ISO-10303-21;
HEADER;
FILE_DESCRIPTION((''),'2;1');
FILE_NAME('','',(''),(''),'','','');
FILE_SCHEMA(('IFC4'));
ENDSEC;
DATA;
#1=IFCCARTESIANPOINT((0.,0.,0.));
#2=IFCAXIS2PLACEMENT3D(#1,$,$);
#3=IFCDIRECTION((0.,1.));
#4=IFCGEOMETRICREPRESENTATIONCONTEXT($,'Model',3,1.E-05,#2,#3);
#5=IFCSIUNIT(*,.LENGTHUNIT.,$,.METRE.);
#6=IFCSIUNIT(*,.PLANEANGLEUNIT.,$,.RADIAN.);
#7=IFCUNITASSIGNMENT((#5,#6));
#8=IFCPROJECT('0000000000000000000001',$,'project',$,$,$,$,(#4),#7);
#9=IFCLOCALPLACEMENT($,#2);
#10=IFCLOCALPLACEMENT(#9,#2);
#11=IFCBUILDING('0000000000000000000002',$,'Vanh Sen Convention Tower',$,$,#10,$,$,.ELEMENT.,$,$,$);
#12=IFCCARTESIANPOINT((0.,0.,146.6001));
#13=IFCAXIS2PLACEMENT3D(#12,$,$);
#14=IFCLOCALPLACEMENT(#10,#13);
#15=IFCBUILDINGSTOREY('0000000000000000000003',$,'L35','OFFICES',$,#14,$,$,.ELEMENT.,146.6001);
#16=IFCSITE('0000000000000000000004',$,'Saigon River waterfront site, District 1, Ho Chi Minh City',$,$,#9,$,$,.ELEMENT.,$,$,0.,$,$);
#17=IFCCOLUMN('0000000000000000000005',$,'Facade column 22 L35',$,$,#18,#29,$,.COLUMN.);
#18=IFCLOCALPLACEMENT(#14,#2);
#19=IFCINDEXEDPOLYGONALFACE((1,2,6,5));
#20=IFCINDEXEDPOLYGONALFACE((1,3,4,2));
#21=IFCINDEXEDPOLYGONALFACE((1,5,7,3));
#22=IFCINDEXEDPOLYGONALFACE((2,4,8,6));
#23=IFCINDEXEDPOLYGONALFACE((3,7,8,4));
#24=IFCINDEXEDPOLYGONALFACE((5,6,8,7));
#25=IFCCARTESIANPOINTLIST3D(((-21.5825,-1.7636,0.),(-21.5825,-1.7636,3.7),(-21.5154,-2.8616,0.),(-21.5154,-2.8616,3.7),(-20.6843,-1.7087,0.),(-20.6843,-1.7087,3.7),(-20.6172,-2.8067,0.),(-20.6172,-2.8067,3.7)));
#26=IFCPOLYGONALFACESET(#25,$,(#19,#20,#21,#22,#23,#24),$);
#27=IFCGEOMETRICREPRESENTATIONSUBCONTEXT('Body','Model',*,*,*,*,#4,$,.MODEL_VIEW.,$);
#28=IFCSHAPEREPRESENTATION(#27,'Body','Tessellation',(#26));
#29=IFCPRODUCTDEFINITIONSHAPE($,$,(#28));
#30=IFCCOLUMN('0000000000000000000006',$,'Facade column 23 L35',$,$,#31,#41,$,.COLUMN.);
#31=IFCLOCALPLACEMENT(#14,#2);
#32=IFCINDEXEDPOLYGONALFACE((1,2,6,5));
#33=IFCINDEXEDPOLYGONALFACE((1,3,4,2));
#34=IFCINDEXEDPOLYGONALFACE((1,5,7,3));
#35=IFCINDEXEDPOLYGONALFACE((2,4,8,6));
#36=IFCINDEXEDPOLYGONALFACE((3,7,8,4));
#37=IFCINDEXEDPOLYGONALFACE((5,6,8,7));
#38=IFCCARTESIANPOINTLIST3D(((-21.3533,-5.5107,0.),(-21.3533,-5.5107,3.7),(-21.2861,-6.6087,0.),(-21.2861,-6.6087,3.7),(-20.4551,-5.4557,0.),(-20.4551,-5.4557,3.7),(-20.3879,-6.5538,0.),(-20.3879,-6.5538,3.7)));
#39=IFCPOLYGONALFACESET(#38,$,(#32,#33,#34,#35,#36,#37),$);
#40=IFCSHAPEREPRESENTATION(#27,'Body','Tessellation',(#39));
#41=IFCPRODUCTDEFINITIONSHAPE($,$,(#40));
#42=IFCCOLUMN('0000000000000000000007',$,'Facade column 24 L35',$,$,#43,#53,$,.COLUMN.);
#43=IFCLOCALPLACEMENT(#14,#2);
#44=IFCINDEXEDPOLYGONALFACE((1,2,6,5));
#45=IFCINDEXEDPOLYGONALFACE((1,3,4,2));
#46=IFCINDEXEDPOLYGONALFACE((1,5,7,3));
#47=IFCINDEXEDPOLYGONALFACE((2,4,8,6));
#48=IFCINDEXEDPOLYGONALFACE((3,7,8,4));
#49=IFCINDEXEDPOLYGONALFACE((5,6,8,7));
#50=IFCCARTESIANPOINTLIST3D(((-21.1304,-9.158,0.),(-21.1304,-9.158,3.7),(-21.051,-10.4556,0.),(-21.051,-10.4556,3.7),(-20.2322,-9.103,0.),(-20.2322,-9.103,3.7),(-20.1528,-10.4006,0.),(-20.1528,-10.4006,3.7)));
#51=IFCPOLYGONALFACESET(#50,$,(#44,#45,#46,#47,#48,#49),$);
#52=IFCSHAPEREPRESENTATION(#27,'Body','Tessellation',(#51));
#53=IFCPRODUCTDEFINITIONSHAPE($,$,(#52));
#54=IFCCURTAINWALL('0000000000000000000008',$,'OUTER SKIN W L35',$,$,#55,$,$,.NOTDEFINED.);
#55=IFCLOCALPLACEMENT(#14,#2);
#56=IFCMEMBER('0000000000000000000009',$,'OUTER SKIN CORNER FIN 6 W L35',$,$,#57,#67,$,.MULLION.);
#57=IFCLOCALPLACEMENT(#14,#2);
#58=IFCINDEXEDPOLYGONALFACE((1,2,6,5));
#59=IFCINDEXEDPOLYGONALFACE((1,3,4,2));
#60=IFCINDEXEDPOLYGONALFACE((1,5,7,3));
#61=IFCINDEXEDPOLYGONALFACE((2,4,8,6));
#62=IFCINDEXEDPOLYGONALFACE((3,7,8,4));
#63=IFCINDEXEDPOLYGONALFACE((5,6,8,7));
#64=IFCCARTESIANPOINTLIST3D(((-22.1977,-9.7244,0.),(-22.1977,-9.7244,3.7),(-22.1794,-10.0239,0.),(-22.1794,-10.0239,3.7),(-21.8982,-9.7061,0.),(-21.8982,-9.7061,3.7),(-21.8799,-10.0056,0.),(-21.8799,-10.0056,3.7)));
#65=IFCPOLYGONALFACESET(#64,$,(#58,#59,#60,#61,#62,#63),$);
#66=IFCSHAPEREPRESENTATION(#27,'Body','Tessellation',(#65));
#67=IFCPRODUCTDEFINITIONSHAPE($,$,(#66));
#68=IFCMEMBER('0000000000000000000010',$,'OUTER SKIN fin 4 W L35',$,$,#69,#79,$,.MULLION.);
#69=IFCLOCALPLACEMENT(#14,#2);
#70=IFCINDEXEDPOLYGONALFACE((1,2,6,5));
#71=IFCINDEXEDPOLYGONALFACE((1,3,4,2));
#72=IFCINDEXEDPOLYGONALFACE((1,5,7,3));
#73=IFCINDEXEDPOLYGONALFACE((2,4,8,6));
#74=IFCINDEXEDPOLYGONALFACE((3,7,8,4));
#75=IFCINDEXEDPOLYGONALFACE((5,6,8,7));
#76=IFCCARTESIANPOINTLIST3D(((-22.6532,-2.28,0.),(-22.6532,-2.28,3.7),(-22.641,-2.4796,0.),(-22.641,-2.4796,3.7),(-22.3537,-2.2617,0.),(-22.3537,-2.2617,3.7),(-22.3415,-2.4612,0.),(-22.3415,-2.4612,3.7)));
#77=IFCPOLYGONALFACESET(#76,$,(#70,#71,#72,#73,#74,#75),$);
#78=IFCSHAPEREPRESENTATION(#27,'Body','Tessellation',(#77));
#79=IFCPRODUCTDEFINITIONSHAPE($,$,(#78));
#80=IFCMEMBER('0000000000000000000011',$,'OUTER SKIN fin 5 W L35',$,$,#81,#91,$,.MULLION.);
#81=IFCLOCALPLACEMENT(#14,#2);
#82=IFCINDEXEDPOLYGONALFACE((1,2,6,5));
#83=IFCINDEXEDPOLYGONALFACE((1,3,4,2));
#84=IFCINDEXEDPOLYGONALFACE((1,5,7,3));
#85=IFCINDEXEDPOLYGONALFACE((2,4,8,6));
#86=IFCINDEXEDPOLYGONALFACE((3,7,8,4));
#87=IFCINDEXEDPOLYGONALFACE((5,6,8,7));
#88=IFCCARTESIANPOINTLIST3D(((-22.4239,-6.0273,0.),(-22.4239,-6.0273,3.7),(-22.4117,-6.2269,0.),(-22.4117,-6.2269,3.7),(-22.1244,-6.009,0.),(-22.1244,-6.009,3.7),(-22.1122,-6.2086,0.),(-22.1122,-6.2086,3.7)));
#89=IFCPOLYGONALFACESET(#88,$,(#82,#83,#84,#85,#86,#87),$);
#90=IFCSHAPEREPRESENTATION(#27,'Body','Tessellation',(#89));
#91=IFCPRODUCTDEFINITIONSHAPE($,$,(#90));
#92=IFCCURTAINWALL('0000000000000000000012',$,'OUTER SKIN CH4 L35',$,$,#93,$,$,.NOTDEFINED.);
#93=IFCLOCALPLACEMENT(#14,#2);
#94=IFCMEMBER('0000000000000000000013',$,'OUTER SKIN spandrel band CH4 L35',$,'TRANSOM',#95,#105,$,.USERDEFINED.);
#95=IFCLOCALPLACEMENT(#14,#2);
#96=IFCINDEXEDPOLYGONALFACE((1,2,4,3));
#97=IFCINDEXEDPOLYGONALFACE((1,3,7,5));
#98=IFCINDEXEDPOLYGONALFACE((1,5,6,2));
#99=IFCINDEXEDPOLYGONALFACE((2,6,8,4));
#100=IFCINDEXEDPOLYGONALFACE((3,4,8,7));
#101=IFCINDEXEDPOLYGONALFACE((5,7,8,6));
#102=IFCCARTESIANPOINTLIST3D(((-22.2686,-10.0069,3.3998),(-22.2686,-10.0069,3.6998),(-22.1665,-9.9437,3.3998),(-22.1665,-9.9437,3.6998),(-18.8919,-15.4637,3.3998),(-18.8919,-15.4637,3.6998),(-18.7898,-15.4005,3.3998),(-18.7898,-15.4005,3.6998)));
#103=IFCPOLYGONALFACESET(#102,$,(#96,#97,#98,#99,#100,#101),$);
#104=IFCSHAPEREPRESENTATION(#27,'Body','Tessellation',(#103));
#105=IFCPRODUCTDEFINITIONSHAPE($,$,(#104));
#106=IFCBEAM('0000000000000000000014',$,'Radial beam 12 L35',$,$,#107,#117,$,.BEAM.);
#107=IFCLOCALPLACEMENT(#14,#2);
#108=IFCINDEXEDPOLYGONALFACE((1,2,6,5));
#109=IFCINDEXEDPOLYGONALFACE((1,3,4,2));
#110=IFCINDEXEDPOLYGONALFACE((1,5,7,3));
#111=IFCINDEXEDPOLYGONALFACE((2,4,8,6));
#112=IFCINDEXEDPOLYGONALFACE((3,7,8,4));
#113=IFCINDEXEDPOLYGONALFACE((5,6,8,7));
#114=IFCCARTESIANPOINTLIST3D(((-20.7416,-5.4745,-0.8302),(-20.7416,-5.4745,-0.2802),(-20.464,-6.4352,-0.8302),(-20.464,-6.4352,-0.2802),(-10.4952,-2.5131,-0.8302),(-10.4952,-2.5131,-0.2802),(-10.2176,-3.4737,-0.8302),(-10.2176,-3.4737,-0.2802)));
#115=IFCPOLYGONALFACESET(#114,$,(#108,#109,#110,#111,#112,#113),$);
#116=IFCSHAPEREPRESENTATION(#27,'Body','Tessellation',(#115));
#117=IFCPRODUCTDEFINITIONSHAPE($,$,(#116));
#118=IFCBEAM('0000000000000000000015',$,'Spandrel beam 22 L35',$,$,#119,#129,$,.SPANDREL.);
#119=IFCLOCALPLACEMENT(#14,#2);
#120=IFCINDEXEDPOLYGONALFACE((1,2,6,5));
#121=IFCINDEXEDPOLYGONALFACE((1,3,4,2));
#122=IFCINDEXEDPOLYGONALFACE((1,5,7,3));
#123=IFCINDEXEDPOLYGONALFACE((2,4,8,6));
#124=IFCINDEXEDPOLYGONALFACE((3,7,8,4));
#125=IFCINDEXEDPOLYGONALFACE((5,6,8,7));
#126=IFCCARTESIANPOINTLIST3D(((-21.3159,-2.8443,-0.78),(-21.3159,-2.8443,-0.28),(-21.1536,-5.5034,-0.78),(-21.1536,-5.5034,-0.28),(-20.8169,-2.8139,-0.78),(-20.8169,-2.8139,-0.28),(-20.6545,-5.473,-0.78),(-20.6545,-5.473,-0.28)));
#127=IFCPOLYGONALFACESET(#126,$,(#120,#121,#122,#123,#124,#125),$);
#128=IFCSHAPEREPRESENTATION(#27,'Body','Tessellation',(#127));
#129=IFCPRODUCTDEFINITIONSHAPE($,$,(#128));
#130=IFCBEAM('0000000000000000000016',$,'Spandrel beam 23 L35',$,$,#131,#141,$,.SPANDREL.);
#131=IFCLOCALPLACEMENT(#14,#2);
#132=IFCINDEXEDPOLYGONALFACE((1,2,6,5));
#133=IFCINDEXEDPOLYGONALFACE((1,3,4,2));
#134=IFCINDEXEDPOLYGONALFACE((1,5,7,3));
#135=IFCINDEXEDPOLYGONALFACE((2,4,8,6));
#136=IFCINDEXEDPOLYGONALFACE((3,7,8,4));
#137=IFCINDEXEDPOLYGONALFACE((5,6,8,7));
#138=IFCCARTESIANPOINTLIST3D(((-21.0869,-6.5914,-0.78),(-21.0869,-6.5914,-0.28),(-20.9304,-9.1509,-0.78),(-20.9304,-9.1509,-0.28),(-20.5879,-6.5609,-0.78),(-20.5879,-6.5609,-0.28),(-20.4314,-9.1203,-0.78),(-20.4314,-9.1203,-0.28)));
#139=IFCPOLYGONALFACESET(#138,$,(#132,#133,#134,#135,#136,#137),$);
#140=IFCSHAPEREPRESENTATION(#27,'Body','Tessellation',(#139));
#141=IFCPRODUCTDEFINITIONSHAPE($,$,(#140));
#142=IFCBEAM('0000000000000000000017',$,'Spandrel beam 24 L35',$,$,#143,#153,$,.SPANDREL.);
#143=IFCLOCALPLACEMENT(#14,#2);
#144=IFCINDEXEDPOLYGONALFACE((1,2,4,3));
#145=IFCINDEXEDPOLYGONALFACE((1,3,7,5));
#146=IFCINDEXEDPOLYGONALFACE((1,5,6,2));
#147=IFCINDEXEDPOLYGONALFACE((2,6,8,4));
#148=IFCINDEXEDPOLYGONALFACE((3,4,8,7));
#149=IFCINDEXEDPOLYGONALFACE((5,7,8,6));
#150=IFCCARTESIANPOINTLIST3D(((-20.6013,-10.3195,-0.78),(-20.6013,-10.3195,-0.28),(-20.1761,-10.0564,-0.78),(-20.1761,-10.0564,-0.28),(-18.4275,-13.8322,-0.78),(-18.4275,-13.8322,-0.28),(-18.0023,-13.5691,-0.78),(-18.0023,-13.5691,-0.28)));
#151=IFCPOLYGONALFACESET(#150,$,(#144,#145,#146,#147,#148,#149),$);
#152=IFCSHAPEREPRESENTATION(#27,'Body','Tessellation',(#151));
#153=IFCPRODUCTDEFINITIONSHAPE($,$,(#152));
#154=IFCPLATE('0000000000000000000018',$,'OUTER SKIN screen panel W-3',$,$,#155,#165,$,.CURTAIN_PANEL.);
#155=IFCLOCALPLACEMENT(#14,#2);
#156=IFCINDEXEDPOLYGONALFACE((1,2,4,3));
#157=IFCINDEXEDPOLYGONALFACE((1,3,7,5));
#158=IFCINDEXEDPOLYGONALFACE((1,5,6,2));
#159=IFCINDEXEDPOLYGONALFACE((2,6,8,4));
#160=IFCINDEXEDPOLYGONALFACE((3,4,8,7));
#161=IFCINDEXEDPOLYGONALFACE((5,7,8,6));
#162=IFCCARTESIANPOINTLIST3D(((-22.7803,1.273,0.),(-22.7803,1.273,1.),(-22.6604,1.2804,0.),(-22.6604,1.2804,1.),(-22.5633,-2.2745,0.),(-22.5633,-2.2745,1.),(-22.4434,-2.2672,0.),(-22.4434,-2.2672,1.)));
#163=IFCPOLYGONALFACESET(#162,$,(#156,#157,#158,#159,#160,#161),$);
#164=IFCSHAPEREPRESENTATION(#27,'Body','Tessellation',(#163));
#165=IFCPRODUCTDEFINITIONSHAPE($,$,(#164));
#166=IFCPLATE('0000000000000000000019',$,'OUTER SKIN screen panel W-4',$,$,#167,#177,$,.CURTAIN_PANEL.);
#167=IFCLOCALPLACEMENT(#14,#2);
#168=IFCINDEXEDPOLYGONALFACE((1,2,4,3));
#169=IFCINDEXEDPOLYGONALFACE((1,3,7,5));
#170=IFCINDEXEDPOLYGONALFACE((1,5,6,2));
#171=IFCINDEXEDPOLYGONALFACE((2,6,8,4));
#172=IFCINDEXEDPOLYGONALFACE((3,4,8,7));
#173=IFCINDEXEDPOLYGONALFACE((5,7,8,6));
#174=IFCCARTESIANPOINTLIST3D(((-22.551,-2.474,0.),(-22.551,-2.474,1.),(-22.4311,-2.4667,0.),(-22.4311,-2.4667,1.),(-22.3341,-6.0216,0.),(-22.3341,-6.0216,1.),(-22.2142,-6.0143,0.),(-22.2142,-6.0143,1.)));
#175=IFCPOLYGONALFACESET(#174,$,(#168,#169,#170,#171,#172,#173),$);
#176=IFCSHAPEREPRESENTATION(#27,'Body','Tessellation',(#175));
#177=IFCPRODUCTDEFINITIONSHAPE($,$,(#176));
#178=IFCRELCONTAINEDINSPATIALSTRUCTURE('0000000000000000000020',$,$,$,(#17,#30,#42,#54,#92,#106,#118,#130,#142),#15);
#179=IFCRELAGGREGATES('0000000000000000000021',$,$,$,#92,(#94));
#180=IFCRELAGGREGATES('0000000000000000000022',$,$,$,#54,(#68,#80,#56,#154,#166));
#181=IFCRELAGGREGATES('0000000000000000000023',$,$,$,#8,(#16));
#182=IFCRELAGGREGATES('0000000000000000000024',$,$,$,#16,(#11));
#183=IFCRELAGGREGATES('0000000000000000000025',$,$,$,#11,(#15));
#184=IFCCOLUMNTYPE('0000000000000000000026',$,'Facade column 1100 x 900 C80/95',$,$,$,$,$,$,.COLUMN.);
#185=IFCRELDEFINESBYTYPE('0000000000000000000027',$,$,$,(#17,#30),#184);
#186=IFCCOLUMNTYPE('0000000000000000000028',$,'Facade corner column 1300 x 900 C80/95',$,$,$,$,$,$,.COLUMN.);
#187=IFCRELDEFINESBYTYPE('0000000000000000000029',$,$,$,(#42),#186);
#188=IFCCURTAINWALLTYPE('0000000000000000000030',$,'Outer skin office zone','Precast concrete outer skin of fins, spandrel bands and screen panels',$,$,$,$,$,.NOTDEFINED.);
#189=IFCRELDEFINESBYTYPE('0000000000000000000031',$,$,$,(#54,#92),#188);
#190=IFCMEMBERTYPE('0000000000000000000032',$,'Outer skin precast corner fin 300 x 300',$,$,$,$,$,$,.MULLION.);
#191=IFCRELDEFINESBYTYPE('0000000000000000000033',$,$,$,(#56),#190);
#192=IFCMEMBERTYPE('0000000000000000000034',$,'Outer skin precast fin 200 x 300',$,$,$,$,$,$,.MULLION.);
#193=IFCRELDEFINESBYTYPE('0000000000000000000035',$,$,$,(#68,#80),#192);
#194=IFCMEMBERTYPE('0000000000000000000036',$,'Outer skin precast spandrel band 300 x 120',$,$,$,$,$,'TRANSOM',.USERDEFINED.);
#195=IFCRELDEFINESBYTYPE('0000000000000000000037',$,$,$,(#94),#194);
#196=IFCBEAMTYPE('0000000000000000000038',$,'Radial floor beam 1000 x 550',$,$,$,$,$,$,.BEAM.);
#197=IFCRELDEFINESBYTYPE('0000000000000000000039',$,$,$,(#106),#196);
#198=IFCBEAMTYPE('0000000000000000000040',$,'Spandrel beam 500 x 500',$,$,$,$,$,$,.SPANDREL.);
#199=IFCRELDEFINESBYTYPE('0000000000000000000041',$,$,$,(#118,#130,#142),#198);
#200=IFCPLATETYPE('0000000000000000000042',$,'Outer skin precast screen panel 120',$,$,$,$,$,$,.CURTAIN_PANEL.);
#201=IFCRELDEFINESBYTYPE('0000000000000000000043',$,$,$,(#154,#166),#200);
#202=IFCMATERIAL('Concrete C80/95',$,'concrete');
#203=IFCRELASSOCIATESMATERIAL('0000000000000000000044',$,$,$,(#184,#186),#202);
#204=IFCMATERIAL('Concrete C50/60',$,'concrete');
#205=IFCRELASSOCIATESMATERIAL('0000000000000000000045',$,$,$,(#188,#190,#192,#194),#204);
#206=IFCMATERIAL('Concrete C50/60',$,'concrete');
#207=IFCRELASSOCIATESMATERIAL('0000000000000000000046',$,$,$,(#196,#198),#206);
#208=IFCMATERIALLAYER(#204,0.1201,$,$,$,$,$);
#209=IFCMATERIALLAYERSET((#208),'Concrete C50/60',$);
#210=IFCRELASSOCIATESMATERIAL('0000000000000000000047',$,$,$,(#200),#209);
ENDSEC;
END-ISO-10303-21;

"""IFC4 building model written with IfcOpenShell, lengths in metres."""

from ifc_helpers import new_model, si_unit, direction, frame, origin, origin_2d, place, context, subcontext, project, spatial, rectangle, extrude, material, layer, layer_set, material_profile, profile_set, type_object, element, aggregate, save


model = new_model("IFC4")

# Units and contexts
model_context = context("Model", 3, precision=1e-05, world=origin(), true_north=direction((0.0, 1.0)))
body_context = subcontext(model_context, "Body", "Model", "MODEL_VIEW")
ifc_project = project(units=[si_unit("LENGTHUNIT", "METRE"), si_unit("PLANEANGLEUNIT", "RADIAN")], contexts=[model_context])

# Site, building, storey
site_placement = place(None, origin())
site = spatial("IfcSite", under=ifc_project, at=site_placement, Name="Saigon River waterfront site, District 1, Ho Chi Minh City", CompositionType="ELEMENT", RefElevation=0.0)
building_placement = place(site_placement, origin())
building = spatial("IfcBuilding", under=site, at=building_placement, Name="Vanh Sen Convention Tower", CompositionType="ELEMENT")
storey_placement = place(building_placement, frame((0.0, 0.0, 146.6001)))
storey = spatial("IfcBuildingStorey", under=building, at=storey_placement, Name="L35", Description="OFFICES", CompositionType="ELEMENT", Elevation=146.6001)

# Columns
ifc_material_1 = material(Name="Concrete C80/95", Category="concrete")
ifc_material_profile_1 = material_profile(ifc_material_1, rectangle(XDim=1.1001, YDim=0.8999, at=origin_2d()), Name="RC 1100X900")
ifc_profile_set_1 = profile_set([ifc_material_profile_1], Name="Concrete C80/95")
column_type_1 = type_object("IfcColumnType", Name="Facade column 1100 x 900 C80/95", PredefinedType="COLUMN", material=ifc_profile_set_1)
for number, where, z_axis, x_axis, name in (
    (1, (-21.0999, -2.2852, 0.0), (0.0, 0.0, 1.0), (0.061049, -0.998135, 0.0), "Facade column 22 L35"),
    (2, (-20.8706, -6.0322, 0.0), (0.0, 0.0, 1.0), (0.061049, -0.998135, 0.0), "Facade column 23 L35"),
):
    element("IfcColumn", number, at=place(storey_placement, frame(where, z_axis=z_axis, x_axis=x_axis)), inside=storey, type_object=column_type_1, Name=name, PredefinedType="COLUMN", context=body_context, shape_type="SweptSolid", body=[
        extrude(rectangle(XDim=1.1001, YDim=0.8999, at=origin_2d()), origin(), (0.0, 0.0, 1.0), 3.7),
    ])
ifc_material_profile_2 = material_profile(ifc_material_1, rectangle(XDim=1.3, YDim=0.8999, at=origin_2d()), Name="RC 1300X900")
ifc_profile_set_2 = profile_set([ifc_material_profile_2], Name="Concrete C80/95")
column_type_2 = type_object("IfcColumnType", Name="Facade corner column 1300 x 900 C80/95", PredefinedType="COLUMN", material=ifc_profile_set_2)
column_placement = place(storey_placement, frame((-20.6416, -9.7793, 0.0), z_axis=(0.0, 0.0, 1.0), x_axis=(0.061049, -0.998135, 0.0)))
element("IfcColumn", 3, at=column_placement, inside=storey, type_object=column_type_2, Name="Facade column 24 L35", PredefinedType="COLUMN", context=body_context, shape_type="SweptSolid", body=[
    extrude(rectangle(XDim=1.3, YDim=0.8999, at=origin_2d()), origin(), (0.0, 0.0, 1.0), 3.7),
])

# Curtain wall, members
ifc_material_2 = material(Name="Concrete C50/60", Category="concrete")
curtain_wall_type = type_object("IfcCurtainWallType", Name="Outer skin office zone", Description="Precast concrete outer skin of fins, spandrel bands and screen panels", PredefinedType="NOTDEFINED", material=ifc_material_2)
curtain_wall_1_placement = place(storey_placement, origin())
curtain_wall_1 = element("IfcCurtainWall", 4, at=curtain_wall_1_placement, inside=storey, type_object=curtain_wall_type, Name="OUTER SKIN W L35", PredefinedType="NOTDEFINED")
ifc_material_profile_3 = material_profile(ifc_material_2, rectangle(XDim=0.3, YDim=0.3, at=origin_2d()), Name="Outer skin precast corner fin 300 x 300")
ifc_profile_set_3 = profile_set([ifc_material_profile_3], Name="Concrete C50/60")
member_type_1 = type_object("IfcMemberType", Name="Outer skin precast corner fin 300 x 300", PredefinedType="MULLION", material=ifc_profile_set_3)
member_1_placement = place(storey_placement, frame((-22.0388, -9.865, 0.0), z_axis=(0.0, 0.0, 1.0), x_axis=(0.061049, -0.998135, 0.0)))
member_1 = element("IfcMember", 5, at=member_1_placement, type_object=member_type_1, Name="OUTER SKIN CORNER FIN 6 W L35", PredefinedType="MULLION", context=body_context, shape_type="SweptSolid", body=[
    extrude(rectangle(XDim=0.3, YDim=0.3, at=origin_2d()), origin(), (0.0, 0.0, 1.0), 3.7),
])
ifc_material_profile_4 = material_profile(ifc_material_2, rectangle(XDim=0.2, YDim=0.3, at=origin_2d()), Name="Outer skin precast fin 200 x 300")
ifc_profile_set_4 = profile_set([ifc_material_profile_4], Name="Concrete C50/60")
member_type_2 = type_object("IfcMemberType", Name="Outer skin precast fin 200 x 300", PredefinedType="MULLION", material=ifc_profile_set_4)
member_2_placement = place(storey_placement, frame((-22.4973, -2.3706, 0.0), z_axis=(0.0, 0.0, 1.0), x_axis=(0.061049, -0.998135, 0.0)))
member_2 = element("IfcMember", 6, at=member_2_placement, type_object=member_type_2, Name="OUTER SKIN fin 4 W L35", PredefinedType="MULLION", context=body_context, shape_type="SweptSolid", body=[
    extrude(rectangle(XDim=0.2, YDim=0.3, at=origin_2d()), origin(), (0.0, 0.0, 1.0), 3.7),
])
member_3_placement = place(storey_placement, frame((-22.2681, -6.1179, 0.0), z_axis=(0.0, 0.0, 1.0), x_axis=(0.061049, -0.998135, 0.0)))
member_3 = element("IfcMember", 7, at=member_3_placement, type_object=member_type_2, Name="OUTER SKIN fin 5 W L35", PredefinedType="MULLION", context=body_context, shape_type="SweptSolid", body=[
    extrude(rectangle(XDim=0.2, YDim=0.3, at=origin_2d()), origin(), (0.0, 0.0, 1.0), 3.7),
])

# Curtain wall, member
curtain_wall_2_placement = place(storey_placement, origin())
curtain_wall_2 = element("IfcCurtainWall", 8, at=curtain_wall_2_placement, inside=storey, type_object=curtain_wall_type, Name="OUTER SKIN CH4 L35", PredefinedType="NOTDEFINED")
ifc_material_profile_5 = material_profile(ifc_material_2, rectangle(XDim=0.1201, YDim=0.3, at=origin_2d()), Name="Outer skin precast spandrel band 300 x 120")
ifc_profile_set_5 = profile_set([ifc_material_profile_5], Name="Concrete C50/60")
member_type_3 = type_object("IfcMemberType", Name="Outer skin precast spandrel band 300 x 120", ElementType="TRANSOM", PredefinedType="USERDEFINED", material=ifc_profile_set_5)
member_4_placement = place(storey_placement, frame((-22.2175, -9.9753, 3.5498), z_axis=(0.526208, -0.850356, 0.0), x_axis=(0.850356, 0.526208, 0.0)))
member_4 = element("IfcMember", 9, at=member_4_placement, type_object=member_type_3, Name="OUTER SKIN spandrel band CH4 L35", ObjectType="TRANSOM", PredefinedType="USERDEFINED", context=body_context, shape_type="SweptSolid", body=[
    extrude(rectangle(XDim=0.1201, YDim=0.3, at=origin_2d()), origin(), (0.0, 0.0, 1.0), 6.417),
])
aggregate(curtain_wall_2, [member_4])

# Beams
ifc_material_3 = material(Name="Concrete C50/60", Category="concrete")
ifc_material_profile_6 = material_profile(ifc_material_3, rectangle(XDim=1.0, YDim=0.55, at=origin_2d()), Name="RC 1000X550")
ifc_profile_set_6 = profile_set([ifc_material_profile_6], Name="Concrete C50/60")
beam_type_1 = type_object("IfcBeamType", Name="Radial floor beam 1000 x 550", PredefinedType="BEAM", material=ifc_profile_set_6)
beam_1_placement = place(storey_placement, frame((-20.6028, -5.9548, -0.5552), z_axis=(0.96068, 0.277658, 0.0), x_axis=(-0.277658, 0.96068, 0.0)))
element("IfcBeam", 10, at=beam_1_placement, inside=storey, type_object=beam_type_1, Name="Radial beam 12 L35", PredefinedType="BEAM", context=body_context, shape_type="SweptSolid", body=[
    extrude(rectangle(XDim=1.0, YDim=0.55, at=origin_2d()), origin(), (0.0, 0.0, 1.0), 10.6658),
])
ifc_material_profile_7 = material_profile(ifc_material_3, rectangle(XDim=0.5, YDim=0.5, at=origin_2d()), Name="RC 500X500")
ifc_profile_set_7 = profile_set([ifc_material_profile_7], Name="Concrete C50/60")
beam_type_2 = type_object("IfcBeamType", Name="Spandrel beam 500 x 500", PredefinedType="SPANDREL", material=ifc_profile_set_7)
beam_2_placement = place(storey_placement, frame((-21.0664, -2.8291, -0.53), z_axis=(0.060941, -0.998141, 0.0), x_axis=(0.998141, 0.060941, 0.0)))
element("IfcBeam", 11, at=beam_2_placement, inside=storey, type_object=beam_type_2, Name="Spandrel beam 22 L35", PredefinedType="SPANDREL", context=body_context, shape_type="SweptSolid", body=[
    extrude(rectangle(XDim=0.5, YDim=0.5, at=origin_2d()), origin(), (0.0, 0.0, 1.0), 2.6641),
])
beam_3_placement = place(storey_placement, frame((-20.8374, -6.5762, -0.53), z_axis=(0.061033, -0.998136, 0.0), x_axis=(0.998136, 0.061033, 0.0)))
element("IfcBeam", 12, at=beam_3_placement, inside=storey, type_object=beam_type_2, Name="Spandrel beam 23 L35", PredefinedType="SPANDREL", context=body_context, shape_type="SweptSolid", body=[
    extrude(rectangle(XDim=0.5, YDim=0.5, at=origin_2d()), origin(), (0.0, 0.0, 1.0), 2.5642),
])
beam_4_placement = place(storey_placement, frame((-20.3887, -10.188, -0.53), z_axis=(0.526233, -0.850341, 0.0), x_axis=(0.850341, 0.526233, 0.0)))
element("IfcBeam", 13, at=beam_4_placement, inside=storey, type_object=beam_type_2, Name="Spandrel beam 24 L35", PredefinedType="SPANDREL", context=body_context, shape_type="SweptSolid", body=[
    extrude(rectangle(XDim=0.5, YDim=0.5, at=origin_2d()), origin(), (0.0, 0.0, 1.0), 4.1309),
])

# Plates
ifc_layer_1 = layer(ifc_material_2, 0.1201)
ifc_layer_set_1 = layer_set([ifc_layer_1], Name="Concrete C50/60")
plate_type = type_object("IfcPlateType", Name="Outer skin precast screen panel 120", PredefinedType="CURTAIN_PANEL", material=ifc_layer_set_1)
plate_1_placement = place(storey_placement, frame((-22.6118, -0.4971, 0.0), z_axis=(0.0, 0.0, 1.0), x_axis=(0.061054, -0.998134, 0.0)))
plate_1 = element("IfcPlate", 14, at=plate_1_placement, type_object=plate_type, Name="OUTER SKIN screen panel W-3", PredefinedType="CURTAIN_PANEL", context=body_context, shape_type="SweptSolid", body=[
    extrude(rectangle(XDim=3.5542, YDim=0.1201, at=origin_2d()), origin(), (0.0, 0.0, 1.0), 1.0),
])
plate_2_placement = place(storey_placement, frame((-22.3826, -4.2441, 0.0), z_axis=(0.0, 0.0, 1.0), x_axis=(0.061026, -0.998136, 0.0)))
plate_2 = element("IfcPlate", 15, at=plate_2_placement, type_object=plate_type, Name="OUTER SKIN screen panel W-4", PredefinedType="CURTAIN_PANEL", context=body_context, shape_type="SweptSolid", body=[
    extrude(rectangle(XDim=3.5542, YDim=0.1201, at=origin_2d()), origin(), (0.0, 0.0, 1.0), 1.0),
])
aggregate(curtain_wall_1, [member_2, member_3, member_1, plate_1, plate_2])

save(model, "model.ifc")
